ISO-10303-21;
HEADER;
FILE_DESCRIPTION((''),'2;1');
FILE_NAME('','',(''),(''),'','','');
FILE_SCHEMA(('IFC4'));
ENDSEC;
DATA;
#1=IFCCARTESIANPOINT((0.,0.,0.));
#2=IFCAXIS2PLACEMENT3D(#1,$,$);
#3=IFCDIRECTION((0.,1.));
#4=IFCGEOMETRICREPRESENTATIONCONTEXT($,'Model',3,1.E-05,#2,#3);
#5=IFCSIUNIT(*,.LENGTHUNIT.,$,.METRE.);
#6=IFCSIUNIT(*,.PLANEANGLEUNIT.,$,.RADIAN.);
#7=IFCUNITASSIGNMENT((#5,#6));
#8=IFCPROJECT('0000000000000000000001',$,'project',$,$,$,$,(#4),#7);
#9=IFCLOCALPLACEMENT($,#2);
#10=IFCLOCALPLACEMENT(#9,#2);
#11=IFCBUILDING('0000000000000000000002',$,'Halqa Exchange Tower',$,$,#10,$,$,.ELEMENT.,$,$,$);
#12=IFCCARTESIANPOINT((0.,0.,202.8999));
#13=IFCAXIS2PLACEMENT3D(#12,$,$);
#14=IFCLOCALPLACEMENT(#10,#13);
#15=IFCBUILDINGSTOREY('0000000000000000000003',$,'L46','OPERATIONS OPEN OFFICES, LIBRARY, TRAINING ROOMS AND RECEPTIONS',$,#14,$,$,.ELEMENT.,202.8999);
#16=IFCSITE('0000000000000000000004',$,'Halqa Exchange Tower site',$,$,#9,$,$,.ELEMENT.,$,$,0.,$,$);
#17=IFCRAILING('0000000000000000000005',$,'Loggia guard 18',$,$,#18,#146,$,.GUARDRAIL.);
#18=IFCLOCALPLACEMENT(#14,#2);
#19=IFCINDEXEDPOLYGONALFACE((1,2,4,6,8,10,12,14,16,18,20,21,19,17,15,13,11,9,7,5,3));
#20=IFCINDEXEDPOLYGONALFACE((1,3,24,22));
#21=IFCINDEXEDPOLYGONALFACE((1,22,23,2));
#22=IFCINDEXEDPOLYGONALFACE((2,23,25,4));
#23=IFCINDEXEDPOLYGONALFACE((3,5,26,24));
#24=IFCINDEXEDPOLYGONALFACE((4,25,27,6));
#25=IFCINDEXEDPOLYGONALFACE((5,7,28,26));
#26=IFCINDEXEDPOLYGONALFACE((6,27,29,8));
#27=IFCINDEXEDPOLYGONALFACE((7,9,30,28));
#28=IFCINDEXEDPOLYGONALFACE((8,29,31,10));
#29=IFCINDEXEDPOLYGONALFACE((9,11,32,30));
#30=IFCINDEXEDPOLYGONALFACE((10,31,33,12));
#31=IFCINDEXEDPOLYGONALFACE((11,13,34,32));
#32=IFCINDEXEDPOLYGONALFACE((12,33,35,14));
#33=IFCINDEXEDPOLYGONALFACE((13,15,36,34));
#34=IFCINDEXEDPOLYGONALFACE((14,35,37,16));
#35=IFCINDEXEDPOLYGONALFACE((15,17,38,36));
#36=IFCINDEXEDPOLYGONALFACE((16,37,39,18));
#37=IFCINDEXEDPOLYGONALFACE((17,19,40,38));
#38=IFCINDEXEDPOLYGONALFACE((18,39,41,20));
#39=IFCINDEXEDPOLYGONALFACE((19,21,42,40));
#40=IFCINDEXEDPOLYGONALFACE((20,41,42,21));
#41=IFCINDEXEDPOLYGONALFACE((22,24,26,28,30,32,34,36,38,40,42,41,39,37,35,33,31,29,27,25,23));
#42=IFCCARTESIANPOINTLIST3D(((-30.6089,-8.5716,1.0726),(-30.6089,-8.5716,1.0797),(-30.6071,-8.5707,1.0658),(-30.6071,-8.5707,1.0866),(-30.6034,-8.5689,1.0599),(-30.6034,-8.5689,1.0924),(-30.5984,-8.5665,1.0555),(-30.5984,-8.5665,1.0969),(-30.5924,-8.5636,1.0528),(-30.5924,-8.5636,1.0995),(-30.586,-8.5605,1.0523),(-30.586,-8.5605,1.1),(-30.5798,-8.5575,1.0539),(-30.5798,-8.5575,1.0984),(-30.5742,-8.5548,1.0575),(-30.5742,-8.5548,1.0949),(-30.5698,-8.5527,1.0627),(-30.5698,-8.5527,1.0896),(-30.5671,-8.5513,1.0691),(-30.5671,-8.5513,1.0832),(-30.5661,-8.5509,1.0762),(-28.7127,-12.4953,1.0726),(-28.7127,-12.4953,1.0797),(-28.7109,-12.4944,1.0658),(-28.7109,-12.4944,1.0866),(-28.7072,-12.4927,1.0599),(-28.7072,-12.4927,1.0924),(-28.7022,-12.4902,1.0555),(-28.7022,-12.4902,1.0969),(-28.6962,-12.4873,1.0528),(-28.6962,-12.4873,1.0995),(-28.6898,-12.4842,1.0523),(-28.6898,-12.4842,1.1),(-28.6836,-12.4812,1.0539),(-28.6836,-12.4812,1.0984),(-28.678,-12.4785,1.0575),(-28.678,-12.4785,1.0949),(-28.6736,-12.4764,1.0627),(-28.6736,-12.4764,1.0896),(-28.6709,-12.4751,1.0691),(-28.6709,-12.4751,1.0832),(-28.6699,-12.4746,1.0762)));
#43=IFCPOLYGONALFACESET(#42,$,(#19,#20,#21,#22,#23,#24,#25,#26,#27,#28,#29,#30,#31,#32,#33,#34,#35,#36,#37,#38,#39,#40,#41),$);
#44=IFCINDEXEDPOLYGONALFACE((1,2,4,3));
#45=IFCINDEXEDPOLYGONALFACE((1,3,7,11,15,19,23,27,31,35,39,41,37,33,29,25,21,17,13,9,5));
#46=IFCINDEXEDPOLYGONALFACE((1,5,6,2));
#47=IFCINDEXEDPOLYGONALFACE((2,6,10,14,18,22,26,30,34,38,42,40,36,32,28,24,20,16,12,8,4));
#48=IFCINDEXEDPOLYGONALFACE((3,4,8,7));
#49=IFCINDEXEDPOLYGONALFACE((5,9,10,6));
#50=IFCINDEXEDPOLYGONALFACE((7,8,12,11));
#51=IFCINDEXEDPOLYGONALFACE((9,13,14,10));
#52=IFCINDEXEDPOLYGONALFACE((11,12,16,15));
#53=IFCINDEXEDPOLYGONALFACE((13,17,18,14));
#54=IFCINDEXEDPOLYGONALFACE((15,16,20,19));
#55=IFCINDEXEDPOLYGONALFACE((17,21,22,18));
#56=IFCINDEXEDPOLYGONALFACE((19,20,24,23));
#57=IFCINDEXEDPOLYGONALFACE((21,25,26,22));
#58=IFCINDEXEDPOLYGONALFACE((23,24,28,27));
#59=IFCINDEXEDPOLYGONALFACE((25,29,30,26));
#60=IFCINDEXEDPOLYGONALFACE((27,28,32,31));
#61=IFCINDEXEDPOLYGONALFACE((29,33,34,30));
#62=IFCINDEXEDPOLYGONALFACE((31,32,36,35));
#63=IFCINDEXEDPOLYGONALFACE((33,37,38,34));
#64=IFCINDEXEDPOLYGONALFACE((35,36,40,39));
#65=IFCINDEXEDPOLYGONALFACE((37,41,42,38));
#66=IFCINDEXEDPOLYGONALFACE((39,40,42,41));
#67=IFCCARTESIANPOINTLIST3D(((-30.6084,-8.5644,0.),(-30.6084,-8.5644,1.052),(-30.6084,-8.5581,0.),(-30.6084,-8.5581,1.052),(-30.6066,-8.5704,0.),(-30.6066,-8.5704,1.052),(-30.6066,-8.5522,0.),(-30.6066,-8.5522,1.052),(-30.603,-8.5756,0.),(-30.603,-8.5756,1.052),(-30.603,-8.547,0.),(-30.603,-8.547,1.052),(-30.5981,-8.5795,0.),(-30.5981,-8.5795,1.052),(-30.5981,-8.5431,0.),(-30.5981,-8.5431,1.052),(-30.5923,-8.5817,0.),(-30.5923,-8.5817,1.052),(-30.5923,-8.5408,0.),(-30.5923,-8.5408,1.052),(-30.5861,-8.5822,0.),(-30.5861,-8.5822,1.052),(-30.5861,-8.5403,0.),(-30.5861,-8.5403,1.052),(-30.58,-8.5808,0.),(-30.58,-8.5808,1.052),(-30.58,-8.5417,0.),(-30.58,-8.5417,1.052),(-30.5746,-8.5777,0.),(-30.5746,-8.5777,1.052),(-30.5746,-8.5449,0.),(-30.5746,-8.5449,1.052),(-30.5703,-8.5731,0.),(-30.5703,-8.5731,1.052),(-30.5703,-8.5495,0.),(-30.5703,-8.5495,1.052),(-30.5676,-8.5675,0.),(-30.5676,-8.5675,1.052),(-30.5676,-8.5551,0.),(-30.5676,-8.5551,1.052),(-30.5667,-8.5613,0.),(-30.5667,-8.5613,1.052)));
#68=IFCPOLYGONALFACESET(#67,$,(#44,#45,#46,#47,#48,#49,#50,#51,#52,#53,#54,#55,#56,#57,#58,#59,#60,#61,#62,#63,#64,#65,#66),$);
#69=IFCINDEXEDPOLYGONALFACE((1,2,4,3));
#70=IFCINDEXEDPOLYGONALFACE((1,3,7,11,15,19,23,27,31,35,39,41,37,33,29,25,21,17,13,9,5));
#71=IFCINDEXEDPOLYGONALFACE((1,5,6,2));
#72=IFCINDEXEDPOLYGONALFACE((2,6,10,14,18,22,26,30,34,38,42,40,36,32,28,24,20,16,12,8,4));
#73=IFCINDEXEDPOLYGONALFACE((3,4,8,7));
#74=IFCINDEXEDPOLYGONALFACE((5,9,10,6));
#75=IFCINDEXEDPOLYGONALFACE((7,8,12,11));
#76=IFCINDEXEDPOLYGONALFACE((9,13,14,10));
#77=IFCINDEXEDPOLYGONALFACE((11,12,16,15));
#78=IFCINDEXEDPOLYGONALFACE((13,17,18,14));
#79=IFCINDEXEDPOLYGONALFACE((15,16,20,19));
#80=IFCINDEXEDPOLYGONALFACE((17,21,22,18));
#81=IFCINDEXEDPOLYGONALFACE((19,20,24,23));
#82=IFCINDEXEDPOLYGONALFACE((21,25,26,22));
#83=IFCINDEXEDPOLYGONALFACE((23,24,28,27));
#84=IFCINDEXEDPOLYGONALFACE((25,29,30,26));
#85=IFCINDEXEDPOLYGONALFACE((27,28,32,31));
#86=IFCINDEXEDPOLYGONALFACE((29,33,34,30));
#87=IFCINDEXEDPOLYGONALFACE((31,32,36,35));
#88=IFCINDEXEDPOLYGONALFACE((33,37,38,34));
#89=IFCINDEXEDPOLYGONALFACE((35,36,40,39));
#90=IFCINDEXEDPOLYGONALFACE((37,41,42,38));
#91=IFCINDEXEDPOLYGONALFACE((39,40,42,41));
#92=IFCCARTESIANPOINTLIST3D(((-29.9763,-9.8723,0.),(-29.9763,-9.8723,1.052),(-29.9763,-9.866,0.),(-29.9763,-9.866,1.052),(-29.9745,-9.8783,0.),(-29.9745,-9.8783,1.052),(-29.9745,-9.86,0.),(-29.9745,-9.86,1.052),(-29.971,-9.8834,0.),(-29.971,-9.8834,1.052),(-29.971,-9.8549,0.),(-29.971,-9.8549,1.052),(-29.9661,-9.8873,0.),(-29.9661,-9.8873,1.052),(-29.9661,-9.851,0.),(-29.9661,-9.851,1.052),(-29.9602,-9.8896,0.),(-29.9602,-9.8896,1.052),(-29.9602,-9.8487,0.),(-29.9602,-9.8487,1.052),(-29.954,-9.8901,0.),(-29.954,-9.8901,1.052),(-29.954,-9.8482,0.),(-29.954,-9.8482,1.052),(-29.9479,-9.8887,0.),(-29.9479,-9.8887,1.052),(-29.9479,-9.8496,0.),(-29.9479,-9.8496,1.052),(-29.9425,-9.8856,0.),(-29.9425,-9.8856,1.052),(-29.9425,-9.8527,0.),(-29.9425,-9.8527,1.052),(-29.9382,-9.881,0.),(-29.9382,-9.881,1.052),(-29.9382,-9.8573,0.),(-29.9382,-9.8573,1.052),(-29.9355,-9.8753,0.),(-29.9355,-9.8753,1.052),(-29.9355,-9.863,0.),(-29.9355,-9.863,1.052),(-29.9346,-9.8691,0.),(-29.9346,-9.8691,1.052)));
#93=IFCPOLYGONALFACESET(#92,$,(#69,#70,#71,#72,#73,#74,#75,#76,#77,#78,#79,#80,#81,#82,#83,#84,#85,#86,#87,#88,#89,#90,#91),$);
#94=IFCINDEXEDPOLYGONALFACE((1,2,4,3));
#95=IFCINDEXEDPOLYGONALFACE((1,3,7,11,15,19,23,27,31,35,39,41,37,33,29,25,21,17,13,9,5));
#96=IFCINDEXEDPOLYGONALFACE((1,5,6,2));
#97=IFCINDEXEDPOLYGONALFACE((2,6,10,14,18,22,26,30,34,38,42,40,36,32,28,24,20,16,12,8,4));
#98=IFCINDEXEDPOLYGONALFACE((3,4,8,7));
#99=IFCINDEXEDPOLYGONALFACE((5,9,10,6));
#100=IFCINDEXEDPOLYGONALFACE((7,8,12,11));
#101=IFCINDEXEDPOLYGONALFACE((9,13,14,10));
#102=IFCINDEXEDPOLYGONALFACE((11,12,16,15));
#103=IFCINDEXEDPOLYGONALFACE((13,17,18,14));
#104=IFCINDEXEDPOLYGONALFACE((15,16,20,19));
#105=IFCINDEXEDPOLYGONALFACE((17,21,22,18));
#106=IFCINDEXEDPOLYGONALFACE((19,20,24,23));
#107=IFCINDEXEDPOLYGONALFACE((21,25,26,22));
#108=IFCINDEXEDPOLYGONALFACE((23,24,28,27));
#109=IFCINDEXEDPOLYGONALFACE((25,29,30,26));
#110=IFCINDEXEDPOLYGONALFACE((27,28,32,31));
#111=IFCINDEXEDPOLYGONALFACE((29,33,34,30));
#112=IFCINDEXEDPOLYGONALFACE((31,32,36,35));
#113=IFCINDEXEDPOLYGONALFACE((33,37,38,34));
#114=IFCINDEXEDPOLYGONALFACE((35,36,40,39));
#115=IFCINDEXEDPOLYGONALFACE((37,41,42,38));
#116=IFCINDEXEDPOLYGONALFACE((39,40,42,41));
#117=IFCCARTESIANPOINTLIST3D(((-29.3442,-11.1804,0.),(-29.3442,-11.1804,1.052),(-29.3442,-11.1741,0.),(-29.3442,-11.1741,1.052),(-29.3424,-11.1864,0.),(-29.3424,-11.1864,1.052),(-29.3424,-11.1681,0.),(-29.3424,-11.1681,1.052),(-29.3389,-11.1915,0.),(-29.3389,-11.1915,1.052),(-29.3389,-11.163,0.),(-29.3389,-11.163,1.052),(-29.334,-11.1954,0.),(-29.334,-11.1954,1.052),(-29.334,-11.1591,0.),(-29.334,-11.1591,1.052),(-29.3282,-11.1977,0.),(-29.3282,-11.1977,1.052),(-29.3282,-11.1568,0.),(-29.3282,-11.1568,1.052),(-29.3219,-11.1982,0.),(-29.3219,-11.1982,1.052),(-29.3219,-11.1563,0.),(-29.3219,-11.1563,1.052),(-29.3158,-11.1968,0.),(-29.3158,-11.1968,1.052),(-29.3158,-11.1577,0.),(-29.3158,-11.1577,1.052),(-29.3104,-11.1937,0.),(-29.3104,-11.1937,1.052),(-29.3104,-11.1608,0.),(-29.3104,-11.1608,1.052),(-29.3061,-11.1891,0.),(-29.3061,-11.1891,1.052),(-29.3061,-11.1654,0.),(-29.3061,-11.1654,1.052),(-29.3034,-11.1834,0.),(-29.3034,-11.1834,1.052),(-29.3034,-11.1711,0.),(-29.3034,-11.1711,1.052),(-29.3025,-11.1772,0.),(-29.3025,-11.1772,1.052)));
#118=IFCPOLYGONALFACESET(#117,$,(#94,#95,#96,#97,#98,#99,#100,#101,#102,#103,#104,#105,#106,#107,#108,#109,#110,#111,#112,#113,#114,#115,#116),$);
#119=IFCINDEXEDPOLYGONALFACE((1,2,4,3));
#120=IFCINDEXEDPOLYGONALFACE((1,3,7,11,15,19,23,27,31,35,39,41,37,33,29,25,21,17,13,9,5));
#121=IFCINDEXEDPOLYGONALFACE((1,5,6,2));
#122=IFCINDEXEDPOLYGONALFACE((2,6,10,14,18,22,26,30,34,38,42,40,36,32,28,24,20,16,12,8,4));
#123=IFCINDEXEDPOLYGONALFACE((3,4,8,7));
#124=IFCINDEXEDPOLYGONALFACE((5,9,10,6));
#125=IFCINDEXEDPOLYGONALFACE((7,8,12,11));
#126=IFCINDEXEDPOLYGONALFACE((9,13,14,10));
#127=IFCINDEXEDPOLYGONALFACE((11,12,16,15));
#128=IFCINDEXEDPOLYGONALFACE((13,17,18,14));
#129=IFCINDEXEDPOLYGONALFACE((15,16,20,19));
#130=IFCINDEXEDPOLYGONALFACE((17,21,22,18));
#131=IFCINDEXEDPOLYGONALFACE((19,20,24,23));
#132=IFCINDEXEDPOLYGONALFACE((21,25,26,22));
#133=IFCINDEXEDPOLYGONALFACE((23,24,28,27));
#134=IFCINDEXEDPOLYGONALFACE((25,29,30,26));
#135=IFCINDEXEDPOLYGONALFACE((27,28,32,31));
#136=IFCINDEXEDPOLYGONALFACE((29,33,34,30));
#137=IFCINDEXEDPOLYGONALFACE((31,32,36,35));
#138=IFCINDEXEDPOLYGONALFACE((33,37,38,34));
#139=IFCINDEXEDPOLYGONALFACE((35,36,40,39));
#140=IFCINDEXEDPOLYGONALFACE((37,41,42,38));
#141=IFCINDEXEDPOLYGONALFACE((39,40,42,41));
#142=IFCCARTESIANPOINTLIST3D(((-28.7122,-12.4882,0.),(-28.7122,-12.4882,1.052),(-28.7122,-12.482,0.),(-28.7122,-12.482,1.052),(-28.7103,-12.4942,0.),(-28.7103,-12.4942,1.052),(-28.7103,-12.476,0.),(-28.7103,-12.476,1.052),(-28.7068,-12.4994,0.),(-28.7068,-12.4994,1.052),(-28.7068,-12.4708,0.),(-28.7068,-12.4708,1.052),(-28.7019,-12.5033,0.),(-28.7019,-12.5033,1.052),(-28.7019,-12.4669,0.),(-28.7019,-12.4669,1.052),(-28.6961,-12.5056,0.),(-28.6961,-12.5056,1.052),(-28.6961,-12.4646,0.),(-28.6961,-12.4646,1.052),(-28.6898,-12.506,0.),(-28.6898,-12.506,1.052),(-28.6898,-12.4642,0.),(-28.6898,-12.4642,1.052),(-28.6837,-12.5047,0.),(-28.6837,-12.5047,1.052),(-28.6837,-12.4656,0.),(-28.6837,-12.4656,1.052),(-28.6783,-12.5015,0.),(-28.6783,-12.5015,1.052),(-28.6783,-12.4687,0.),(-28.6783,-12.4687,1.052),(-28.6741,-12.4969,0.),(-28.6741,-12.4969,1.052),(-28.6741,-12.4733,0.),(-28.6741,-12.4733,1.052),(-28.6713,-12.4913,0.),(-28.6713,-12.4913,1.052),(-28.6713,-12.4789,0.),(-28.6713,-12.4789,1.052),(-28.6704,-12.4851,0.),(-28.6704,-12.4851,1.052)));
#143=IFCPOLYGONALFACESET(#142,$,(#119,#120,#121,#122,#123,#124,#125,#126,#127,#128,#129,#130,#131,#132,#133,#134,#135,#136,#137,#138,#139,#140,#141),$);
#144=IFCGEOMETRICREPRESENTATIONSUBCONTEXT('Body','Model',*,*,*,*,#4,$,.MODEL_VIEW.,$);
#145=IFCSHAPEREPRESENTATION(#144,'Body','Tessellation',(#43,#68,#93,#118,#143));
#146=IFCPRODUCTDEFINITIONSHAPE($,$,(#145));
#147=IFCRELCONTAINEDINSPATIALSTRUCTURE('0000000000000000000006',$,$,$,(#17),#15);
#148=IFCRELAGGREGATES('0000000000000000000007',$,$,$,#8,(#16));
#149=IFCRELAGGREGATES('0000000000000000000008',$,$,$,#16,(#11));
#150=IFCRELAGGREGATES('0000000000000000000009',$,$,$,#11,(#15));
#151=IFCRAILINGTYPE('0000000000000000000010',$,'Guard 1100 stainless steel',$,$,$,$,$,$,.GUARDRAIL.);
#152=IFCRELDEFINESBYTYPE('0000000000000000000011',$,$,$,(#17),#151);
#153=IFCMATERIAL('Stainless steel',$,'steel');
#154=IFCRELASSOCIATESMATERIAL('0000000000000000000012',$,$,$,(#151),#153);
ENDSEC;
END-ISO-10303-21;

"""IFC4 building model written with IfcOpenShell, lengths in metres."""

from ifc_helpers import new_model, si_unit, direction, frame, origin, origin_2d, place, context, subcontext, project, spatial, circle, extrude, material, type_object, element, save


model = new_model("IFC4")

# Units and contexts
model_context = context("Model", 3, precision=1e-05, world=origin(), true_north=direction((0.0, 1.0)))
body_context = subcontext(model_context, "Body", "Model", "MODEL_VIEW")
ifc_project = project(units=[si_unit("LENGTHUNIT", "METRE"), si_unit("PLANEANGLEUNIT", "RADIAN")], contexts=[model_context])

# Site, building, storey
site_placement = place(None, origin())
site = spatial("IfcSite", under=ifc_project, at=site_placement, Name="Halqa Exchange Tower site", CompositionType="ELEMENT", RefElevation=0.0)
building_placement = place(site_placement, origin())
building = spatial("IfcBuilding", under=site, at=building_placement, Name="Halqa Exchange Tower", CompositionType="ELEMENT")
storey_placement = place(building_placement, frame((0.0, 0.0, 202.8999)))
storey = spatial("IfcBuildingStorey", under=building, at=storey_placement, Name="L46", Description="OPERATIONS OPEN OFFICES, LIBRARY, TRAINING ROOMS AND RECEPTIONS", CompositionType="ELEMENT", Elevation=202.8999)

# Railing
ifc_material_1 = material(Name="Stainless steel", Category="steel")
railing_type = type_object("IfcRailingType", Name="Guard 1100 stainless steel", PredefinedType="GUARDRAIL", material=ifc_material_1)
railing_1_placement = place(storey_placement, frame((-30.5876, -8.5613, 0.0)))
element("IfcRailing", 1, at=railing_1_placement, inside=storey, type_object=railing_type, Name="Loggia guard 18", PredefinedType="GUARDRAIL", context=body_context, shape_type="SweptSolid", body=[
    extrude(circle(Radius=0.0239, at=origin_2d()), frame((0.0, 0.0, 1.0762), z_axis=(0.435117, -0.900374, 0.0), x_axis=(0.900374, 0.435117, 0.0)), (0.0, 0.0, 1.0), 4.3579),
    extrude(circle(Radius=0.021, at=origin_2d()), origin(), (0.0, 0.0, 1.0), 1.052),
    extrude(circle(Radius=0.021, at=origin_2d()), frame((0.6321, -1.3079, 0.0)), (0.0, 0.0, 1.0), 1.052),
    extrude(circle(Radius=0.021, at=origin_2d()), frame((1.2642, -2.616, 0.0)), (0.0, 0.0, 1.0), 1.052),
    extrude(circle(Radius=0.021, at=origin_2d()), frame((1.8962, -3.9238, 0.0)), (0.0, 0.0, 1.0), 1.052),
])

save(model, "model.ifc")
